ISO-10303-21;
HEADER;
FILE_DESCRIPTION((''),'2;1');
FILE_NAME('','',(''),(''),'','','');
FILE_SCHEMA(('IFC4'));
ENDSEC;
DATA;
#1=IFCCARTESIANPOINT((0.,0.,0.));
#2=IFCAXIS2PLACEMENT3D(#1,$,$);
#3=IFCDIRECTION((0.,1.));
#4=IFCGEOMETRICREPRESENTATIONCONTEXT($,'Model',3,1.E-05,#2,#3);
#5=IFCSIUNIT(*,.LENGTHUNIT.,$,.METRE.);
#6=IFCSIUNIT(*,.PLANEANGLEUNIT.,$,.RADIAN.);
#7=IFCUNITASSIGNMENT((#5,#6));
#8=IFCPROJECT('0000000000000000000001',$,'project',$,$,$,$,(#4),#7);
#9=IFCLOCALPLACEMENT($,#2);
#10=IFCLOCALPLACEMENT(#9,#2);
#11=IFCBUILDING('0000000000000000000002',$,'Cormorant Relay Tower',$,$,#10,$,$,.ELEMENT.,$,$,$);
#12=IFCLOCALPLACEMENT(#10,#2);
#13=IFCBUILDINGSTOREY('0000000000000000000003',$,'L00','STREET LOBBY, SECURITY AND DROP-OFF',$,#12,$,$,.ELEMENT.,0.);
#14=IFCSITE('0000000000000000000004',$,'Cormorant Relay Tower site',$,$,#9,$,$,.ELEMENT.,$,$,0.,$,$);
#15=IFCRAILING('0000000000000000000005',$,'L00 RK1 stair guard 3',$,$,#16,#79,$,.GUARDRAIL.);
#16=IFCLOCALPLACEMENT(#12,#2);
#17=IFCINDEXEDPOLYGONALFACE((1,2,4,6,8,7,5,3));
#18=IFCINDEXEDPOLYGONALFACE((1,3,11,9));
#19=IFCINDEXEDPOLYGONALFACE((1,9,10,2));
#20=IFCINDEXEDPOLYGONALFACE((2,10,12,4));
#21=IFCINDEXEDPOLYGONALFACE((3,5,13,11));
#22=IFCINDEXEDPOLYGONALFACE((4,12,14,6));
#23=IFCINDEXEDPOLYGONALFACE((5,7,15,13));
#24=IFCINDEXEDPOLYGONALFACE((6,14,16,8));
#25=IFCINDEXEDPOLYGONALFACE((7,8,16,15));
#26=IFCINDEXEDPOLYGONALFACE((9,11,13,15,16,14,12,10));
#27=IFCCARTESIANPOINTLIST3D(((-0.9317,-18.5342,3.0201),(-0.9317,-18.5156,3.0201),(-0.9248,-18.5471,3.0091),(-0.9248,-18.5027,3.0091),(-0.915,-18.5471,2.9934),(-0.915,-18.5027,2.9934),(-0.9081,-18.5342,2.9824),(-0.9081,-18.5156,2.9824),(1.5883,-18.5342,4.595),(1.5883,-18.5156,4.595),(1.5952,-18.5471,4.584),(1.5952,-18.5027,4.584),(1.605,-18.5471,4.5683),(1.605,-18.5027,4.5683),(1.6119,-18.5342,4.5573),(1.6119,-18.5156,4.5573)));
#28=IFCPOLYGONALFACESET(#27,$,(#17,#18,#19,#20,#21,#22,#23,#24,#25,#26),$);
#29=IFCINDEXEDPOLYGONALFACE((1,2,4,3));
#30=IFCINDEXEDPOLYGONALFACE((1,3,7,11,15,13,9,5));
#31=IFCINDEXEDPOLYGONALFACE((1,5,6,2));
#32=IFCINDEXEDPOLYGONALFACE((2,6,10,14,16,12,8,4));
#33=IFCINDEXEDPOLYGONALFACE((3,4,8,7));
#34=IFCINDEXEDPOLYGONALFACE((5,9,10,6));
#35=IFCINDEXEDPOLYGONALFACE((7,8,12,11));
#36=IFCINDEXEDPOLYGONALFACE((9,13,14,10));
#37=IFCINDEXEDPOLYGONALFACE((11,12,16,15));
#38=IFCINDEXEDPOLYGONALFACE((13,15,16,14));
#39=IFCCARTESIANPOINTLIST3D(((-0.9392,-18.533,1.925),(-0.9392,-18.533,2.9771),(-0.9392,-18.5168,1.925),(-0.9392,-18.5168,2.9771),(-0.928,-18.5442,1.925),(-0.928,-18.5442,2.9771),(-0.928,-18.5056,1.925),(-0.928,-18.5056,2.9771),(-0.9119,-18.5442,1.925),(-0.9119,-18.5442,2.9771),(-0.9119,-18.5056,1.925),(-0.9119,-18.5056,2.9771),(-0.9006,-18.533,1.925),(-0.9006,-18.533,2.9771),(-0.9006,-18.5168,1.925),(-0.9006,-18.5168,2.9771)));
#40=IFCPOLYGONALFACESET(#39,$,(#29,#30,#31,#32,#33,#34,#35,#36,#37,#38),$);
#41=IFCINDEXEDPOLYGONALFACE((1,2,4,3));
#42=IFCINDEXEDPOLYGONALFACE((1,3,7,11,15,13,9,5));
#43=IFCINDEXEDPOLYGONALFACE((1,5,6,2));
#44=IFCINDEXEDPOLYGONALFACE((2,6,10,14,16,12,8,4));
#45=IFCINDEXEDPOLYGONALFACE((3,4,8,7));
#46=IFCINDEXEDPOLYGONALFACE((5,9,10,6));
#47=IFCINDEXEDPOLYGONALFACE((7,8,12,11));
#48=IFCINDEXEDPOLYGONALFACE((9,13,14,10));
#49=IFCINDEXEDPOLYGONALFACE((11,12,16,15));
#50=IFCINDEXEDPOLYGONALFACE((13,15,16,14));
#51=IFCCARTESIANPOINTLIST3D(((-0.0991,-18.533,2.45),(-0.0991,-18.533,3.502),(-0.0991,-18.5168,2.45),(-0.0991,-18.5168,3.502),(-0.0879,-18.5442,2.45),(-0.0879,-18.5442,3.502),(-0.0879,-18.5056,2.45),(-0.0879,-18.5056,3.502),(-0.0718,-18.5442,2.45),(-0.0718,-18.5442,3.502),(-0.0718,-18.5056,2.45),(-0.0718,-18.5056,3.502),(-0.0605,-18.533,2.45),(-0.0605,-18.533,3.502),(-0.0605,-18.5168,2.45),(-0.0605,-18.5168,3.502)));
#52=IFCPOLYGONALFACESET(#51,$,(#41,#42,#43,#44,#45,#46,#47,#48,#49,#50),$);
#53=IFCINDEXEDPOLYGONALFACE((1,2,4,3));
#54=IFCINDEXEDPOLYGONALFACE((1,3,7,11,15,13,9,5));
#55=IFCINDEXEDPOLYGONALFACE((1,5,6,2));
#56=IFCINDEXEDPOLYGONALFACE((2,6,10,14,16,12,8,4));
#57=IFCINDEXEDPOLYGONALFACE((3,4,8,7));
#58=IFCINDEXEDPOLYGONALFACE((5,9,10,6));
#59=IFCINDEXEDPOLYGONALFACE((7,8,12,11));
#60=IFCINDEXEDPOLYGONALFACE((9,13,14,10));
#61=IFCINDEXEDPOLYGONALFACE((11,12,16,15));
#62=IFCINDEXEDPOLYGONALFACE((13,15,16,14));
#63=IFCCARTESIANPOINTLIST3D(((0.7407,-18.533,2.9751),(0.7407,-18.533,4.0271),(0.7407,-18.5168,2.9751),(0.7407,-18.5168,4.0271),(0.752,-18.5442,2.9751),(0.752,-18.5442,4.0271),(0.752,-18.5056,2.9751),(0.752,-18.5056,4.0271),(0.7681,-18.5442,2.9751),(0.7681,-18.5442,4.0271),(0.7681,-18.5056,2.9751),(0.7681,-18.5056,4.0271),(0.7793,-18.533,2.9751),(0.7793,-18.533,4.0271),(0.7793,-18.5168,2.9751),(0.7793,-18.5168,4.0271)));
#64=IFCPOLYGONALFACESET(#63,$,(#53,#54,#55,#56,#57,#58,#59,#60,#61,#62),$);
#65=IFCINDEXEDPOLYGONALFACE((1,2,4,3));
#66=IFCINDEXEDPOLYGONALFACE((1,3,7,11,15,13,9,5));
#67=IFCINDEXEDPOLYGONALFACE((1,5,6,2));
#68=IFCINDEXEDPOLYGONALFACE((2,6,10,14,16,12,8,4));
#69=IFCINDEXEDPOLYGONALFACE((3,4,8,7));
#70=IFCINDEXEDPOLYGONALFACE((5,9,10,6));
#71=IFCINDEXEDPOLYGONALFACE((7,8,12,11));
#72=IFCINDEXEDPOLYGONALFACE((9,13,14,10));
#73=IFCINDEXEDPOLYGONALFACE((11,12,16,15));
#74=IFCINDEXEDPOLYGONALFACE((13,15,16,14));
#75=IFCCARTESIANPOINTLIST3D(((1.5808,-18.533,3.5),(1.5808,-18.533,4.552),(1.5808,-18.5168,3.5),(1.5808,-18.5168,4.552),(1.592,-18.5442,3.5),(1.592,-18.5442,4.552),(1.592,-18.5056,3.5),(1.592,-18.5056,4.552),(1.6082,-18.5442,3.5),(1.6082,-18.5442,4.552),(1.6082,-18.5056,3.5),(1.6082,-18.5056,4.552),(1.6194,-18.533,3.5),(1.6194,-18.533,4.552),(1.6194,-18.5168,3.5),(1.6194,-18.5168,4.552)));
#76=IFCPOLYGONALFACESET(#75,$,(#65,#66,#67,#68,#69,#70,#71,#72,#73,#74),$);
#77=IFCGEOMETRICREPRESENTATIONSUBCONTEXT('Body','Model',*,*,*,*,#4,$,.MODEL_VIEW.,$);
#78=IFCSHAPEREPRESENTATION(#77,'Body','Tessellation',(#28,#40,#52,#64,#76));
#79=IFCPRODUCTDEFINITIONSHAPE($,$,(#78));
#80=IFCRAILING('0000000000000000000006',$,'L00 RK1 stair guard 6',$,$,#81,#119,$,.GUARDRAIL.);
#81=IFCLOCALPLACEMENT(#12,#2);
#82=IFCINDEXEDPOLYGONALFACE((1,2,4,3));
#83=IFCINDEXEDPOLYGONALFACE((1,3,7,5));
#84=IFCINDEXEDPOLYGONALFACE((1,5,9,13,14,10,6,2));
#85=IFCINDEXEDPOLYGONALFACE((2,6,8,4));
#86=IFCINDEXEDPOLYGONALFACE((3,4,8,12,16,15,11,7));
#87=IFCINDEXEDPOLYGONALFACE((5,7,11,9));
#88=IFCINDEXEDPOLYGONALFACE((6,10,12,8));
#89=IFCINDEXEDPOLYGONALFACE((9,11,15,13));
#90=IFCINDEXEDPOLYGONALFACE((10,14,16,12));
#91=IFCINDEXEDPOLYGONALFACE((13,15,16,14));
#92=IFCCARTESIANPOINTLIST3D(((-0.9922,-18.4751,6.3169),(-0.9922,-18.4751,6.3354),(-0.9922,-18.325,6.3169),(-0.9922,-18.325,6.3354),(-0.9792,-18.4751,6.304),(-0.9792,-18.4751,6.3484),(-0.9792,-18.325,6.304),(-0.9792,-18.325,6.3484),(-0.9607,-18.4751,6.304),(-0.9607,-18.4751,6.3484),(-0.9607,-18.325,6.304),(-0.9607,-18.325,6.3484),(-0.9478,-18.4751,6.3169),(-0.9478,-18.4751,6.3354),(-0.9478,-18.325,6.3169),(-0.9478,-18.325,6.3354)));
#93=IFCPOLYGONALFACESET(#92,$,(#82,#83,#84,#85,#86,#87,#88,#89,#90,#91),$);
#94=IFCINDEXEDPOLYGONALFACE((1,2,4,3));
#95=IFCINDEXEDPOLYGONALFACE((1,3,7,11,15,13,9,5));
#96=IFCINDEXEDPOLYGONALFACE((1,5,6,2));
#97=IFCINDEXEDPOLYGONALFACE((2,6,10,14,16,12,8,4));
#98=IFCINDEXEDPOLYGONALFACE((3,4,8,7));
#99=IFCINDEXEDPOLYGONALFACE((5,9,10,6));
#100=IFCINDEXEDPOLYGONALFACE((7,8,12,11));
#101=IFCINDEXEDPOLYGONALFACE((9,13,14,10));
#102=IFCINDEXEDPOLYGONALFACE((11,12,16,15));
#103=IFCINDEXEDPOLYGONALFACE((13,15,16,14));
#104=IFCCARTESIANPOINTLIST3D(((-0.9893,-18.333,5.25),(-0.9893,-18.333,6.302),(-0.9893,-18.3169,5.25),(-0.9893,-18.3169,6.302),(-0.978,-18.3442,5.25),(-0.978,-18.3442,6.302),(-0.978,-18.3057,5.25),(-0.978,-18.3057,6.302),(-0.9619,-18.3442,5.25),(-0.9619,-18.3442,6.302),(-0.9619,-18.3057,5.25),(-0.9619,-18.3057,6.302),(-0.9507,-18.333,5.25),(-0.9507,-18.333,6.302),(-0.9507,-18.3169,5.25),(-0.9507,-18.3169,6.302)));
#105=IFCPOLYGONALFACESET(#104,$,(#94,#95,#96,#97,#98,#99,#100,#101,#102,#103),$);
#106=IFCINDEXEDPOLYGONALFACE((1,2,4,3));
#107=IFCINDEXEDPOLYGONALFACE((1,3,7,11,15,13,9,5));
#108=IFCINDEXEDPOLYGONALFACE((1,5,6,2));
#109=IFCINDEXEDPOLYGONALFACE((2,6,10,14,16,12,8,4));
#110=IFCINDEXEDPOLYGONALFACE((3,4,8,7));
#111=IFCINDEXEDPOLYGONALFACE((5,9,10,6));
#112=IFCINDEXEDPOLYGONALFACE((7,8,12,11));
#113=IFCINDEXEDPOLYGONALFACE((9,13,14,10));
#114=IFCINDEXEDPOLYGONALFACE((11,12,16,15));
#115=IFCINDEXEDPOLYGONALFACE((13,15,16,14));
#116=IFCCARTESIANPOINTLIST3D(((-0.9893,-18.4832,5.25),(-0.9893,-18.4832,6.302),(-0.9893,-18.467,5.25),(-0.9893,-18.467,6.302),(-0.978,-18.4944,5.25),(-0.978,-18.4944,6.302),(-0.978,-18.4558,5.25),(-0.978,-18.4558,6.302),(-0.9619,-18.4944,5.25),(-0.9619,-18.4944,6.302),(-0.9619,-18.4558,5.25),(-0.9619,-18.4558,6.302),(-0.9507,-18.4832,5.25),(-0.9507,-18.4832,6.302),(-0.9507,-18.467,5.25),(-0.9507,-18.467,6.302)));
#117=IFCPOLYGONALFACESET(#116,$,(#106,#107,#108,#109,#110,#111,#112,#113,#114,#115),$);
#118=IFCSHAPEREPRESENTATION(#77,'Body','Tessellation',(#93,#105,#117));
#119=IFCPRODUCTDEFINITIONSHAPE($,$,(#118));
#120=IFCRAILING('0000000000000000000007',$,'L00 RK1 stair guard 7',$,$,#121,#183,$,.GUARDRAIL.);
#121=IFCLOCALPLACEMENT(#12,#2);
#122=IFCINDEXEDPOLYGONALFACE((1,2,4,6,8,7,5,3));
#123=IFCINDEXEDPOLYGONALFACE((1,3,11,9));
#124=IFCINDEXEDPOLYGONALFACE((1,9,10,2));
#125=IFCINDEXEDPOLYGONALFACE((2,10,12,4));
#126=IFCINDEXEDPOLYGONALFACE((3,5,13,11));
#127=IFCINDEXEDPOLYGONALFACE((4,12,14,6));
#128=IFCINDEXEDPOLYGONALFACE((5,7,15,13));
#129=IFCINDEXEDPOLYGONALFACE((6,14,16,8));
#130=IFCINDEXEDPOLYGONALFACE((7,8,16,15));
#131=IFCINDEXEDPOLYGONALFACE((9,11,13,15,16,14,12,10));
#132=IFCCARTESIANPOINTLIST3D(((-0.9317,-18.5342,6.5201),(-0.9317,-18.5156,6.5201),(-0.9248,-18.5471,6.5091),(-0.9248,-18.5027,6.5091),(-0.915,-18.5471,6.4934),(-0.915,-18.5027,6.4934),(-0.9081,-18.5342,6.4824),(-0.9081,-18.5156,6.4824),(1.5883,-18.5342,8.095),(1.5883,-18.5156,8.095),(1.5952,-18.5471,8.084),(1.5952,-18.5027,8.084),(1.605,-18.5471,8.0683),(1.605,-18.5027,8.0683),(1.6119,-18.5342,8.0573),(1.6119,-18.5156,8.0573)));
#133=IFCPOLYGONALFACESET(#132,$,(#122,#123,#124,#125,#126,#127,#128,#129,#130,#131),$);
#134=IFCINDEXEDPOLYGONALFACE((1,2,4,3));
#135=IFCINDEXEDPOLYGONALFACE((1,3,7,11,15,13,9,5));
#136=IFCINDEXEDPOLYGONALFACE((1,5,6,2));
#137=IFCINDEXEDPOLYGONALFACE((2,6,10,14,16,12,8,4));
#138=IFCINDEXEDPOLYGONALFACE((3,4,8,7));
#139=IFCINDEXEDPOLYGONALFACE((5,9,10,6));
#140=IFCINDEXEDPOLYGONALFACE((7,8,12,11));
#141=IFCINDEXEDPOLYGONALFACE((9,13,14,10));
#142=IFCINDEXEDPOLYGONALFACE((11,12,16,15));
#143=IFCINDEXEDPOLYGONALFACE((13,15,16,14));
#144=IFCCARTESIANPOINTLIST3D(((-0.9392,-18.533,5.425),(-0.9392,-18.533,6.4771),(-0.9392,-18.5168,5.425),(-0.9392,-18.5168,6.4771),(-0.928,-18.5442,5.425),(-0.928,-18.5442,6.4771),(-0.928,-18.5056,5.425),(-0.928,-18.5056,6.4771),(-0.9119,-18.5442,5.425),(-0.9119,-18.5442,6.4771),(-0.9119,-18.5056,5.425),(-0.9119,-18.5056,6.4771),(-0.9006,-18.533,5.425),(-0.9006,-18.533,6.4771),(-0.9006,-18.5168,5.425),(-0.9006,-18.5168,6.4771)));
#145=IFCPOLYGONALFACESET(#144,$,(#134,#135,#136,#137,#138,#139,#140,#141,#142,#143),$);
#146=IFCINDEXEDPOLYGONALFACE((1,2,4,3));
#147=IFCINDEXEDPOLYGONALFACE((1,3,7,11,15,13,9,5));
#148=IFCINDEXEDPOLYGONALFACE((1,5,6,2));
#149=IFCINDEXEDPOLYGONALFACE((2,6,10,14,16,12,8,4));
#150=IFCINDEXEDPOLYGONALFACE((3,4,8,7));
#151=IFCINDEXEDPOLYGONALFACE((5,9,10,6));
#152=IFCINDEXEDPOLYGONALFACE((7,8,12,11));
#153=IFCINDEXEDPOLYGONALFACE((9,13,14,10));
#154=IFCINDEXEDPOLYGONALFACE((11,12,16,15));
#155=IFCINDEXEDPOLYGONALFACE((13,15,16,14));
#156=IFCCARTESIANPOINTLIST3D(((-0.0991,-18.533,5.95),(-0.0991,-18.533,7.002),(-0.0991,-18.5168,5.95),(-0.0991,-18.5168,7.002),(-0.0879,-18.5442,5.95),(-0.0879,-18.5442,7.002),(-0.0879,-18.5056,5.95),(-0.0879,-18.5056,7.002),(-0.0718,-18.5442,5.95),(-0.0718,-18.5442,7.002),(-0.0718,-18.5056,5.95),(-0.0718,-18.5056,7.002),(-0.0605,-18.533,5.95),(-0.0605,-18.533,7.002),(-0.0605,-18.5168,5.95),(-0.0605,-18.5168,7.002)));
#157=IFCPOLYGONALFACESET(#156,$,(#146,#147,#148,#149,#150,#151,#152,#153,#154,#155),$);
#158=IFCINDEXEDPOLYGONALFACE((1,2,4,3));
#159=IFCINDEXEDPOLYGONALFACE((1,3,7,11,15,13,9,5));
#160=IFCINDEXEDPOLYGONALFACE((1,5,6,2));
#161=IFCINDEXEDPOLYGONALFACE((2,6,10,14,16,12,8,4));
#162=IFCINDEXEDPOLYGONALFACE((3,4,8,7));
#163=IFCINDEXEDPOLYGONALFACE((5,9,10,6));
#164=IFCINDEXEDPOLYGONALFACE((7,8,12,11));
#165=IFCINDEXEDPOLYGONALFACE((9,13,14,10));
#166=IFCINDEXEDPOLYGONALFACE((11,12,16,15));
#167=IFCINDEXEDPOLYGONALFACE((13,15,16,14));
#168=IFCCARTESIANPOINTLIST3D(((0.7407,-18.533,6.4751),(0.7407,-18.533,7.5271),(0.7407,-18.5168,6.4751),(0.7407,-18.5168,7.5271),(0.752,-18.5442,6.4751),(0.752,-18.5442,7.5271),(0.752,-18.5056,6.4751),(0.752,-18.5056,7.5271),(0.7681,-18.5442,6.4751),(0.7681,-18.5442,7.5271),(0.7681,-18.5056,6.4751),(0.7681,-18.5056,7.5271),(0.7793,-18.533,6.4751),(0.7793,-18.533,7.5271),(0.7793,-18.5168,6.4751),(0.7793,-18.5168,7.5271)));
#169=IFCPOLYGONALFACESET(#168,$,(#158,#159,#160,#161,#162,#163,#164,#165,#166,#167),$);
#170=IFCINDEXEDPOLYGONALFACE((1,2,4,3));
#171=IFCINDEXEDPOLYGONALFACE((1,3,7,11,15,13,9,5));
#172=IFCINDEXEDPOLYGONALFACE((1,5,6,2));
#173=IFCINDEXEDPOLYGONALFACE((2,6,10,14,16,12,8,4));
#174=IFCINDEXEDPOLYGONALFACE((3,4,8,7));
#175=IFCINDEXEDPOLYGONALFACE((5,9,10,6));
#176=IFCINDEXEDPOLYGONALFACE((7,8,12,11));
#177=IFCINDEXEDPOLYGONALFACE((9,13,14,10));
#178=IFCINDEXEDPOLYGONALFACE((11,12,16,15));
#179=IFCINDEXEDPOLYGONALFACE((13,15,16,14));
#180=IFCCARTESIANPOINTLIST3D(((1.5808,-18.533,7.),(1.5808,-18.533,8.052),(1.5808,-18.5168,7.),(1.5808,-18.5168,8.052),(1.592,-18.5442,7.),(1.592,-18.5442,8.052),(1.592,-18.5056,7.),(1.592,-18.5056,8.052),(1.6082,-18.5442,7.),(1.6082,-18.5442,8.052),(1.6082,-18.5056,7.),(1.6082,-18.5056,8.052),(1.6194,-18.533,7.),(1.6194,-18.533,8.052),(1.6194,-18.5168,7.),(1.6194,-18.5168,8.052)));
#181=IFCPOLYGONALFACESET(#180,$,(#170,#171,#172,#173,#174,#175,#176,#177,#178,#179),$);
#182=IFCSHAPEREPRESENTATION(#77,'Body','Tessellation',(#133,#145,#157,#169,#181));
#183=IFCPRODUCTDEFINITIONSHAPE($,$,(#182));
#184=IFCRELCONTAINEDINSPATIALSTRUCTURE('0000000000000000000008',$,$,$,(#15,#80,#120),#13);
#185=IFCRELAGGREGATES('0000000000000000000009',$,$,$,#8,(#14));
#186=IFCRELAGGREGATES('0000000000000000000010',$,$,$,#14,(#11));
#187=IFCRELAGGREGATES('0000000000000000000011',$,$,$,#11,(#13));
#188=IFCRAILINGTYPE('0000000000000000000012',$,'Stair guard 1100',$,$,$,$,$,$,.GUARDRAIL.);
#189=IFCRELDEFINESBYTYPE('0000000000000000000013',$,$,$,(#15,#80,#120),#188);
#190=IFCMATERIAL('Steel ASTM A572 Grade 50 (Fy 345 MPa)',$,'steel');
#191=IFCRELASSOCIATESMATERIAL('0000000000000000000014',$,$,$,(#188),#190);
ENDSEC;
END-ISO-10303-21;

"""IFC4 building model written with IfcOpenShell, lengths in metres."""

from ifc_helpers import new_model, si_unit, direction, frame, origin, place, context, subcontext, project, spatial, polyline, outline, extrude, material, type_object, element, save


model = new_model("IFC4")

# Units and contexts
model_context = context("Model", 3, precision=1e-05, world=origin(), true_north=direction((0.0, 1.0)))
body_context = subcontext(model_context, "Body", "Model", "MODEL_VIEW")
ifc_project = project(units=[si_unit("LENGTHUNIT", "METRE"), si_unit("PLANEANGLEUNIT", "RADIAN")], contexts=[model_context])

# Site, building, storey
site_placement = place(None, origin())
site = spatial("IfcSite", under=ifc_project, at=site_placement, Name="Cormorant Relay Tower site", CompositionType="ELEMENT", RefElevation=0.0)
building_placement = place(site_placement, origin())
building = spatial("IfcBuilding", under=site, at=building_placement, Name="Cormorant Relay Tower", CompositionType="ELEMENT")
storey_placement = place(building_placement, origin())
storey = spatial("IfcBuildingStorey", under=building, at=storey_placement, Name="L00", Description="STREET LOBBY, SECURITY AND DROP-OFF", CompositionType="ELEMENT", Elevation=0.0)

# Railings
ifc_material_1 = material(Name="Steel ASTM A572 Grade 50 (Fy 345 MPa)", Category="steel")
railing_type_1 = type_object("IfcRailingType", Name="Stair guard 1100", PredefinedType="GUARDRAIL", material=ifc_material_1)
railing_1_placement = place(storey_placement, frame((-0.9199, -18.5249, 1.925)))
element("IfcRailing", 1, at=railing_1_placement, inside=storey, type_object=railing_type_1, Name="L00 RK1 stair guard 3", PredefinedType="GUARDRAIL", context=body_context, shape_type="SweptSolid", body=[
    extrude(outline(polyline([(0.0222, 0.0093), (0.0093, 0.0222), (-0.0093, 0.0222), (-0.0222, 0.0093), (-0.0222, -0.0093), (-0.0093, -0.0222), (0.0093, -0.0222), (0.0222, -0.0093), (0.0222, 0.0093)])), frame((0.0, 0.0, 1.0762), z_axis=(0.848008, 0.0, 0.529984), x_axis=(0.0, 1.0, 0.0)), (0.0, 0.0, 1.0), 2.9717),
    extrude(outline(polyline([(0.0193, 0.0081), (0.0081, 0.0193), (-0.0081, 0.0193), (-0.0193, 0.0081), (-0.0193, -0.0081), (-0.0081, -0.0193), (0.0081, -0.0193), (0.0193, -0.0081), (0.0193, 0.0081)])), origin(), (0.0, 0.0, 1.0), 1.052),
    extrude(outline(polyline([(0.0193, 0.0081), (0.0081, 0.0193), (-0.0081, 0.0193), (-0.0193, 0.0081), (-0.0193, -0.0081), (-0.0081, -0.0193), (0.0081, -0.0193), (0.0193, -0.0081), (0.0193, 0.0081)])), frame((0.8401, 0.0, 0.5249)), (0.0, 0.0, 1.0), 1.052),
    extrude(outline(polyline([(0.0193, 0.0081), (0.0081, 0.0193), (-0.0081, 0.0193), (-0.0193, 0.0081), (-0.0193, -0.0081), (-0.0081, -0.0193), (0.0081, -0.0193), (0.0193, -0.0081), (0.0193, 0.0081)])), frame((1.6799, 0.0, 1.05)), (0.0, 0.0, 1.0), 1.052),
    extrude(outline(polyline([(0.0193, 0.0081), (0.0081, 0.0193), (-0.0081, 0.0193), (-0.0193, 0.0081), (-0.0193, -0.0081), (-0.0081, -0.0193), (0.0081, -0.0193), (0.0193, -0.0081), (0.0193, 0.0081)])), frame((2.52, 0.0, 1.575)), (0.0, 0.0, 1.0), 1.052),
])
railing_2_placement = place(storey_placement, frame((-0.97, -18.325, 5.25)))
element("IfcRailing", 2, at=railing_2_placement, inside=storey, type_object=railing_type_1, Name="L00 RK1 stair guard 6", PredefinedType="GUARDRAIL", context=body_context, shape_type="SweptSolid", body=[
    extrude(outline(polyline([(0.0222, 0.0093), (0.0093, 0.0222), (-0.0093, 0.0222), (-0.0222, 0.0093), (-0.0222, -0.0093), (-0.0093, -0.0222), (0.0093, -0.0222), (0.0222, -0.0093), (0.0222, 0.0093)])), frame((0.0, 0.0, 1.0762), z_axis=(0.0, -1.0, 0.0), x_axis=(1.0, 0.0, 0.0)), (0.0, 0.0, 1.0), 0.1501),
    extrude(outline(polyline([(0.0193, 0.0081), (0.0081, 0.0193), (-0.0081, 0.0193), (-0.0193, 0.0081), (-0.0193, -0.0081), (-0.0081, -0.0193), (0.0081, -0.0193), (0.0193, -0.0081), (0.0193, 0.0081)])), origin(), (0.0, 0.0, 1.0), 1.052),
    extrude(outline(polyline([(0.0193, 0.0081), (0.0081, 0.0193), (-0.0081, 0.0193), (-0.0193, 0.0081), (-0.0193, -0.0081), (-0.0081, -0.0193), (0.0081, -0.0193), (0.0193, -0.0081), (0.0193, 0.0081)])), frame((0.0, -0.1501, 0.0)), (0.0, 0.0, 1.0), 1.052),
])
railing_3_placement = place(storey_placement, frame((-0.9199, -18.5249, 5.425)))
element("IfcRailing", 3, at=railing_3_placement, inside=storey, type_object=railing_type_1, Name="L00 RK1 stair guard 7", PredefinedType="GUARDRAIL", context=body_context, shape_type="SweptSolid", body=[
    extrude(outline(polyline([(0.0222, 0.0093), (0.0093, 0.0222), (-0.0093, 0.0222), (-0.0222, 0.0093), (-0.0222, -0.0093), (-0.0093, -0.0222), (0.0093, -0.0222), (0.0222, -0.0093), (0.0222, 0.0093)])), frame((0.0, 0.0, 1.0762), z_axis=(0.848008, 0.0, 0.529984), x_axis=(0.0, 1.0, 0.0)), (0.0, 0.0, 1.0), 2.9717),
    extrude(outline(polyline([(0.0193, 0.0081), (0.0081, 0.0193), (-0.0081, 0.0193), (-0.0193, 0.0081), (-0.0193, -0.0081), (-0.0081, -0.0193), (0.0081, -0.0193), (0.0193, -0.0081), (0.0193, 0.0081)])), origin(), (0.0, 0.0, 1.0), 1.052),
    extrude(outline(polyline([(0.0193, 0.0081), (0.0081, 0.0193), (-0.0081, 0.0193), (-0.0193, 0.0081), (-0.0193, -0.0081), (-0.0081, -0.0193), (0.0081, -0.0193), (0.0193, -0.0081), (0.0193, 0.0081)])), frame((0.8401, 0.0, 0.5249)), (0.0, 0.0, 1.0), 1.052),
    extrude(outline(polyline([(0.0193, 0.0081), (0.0081, 0.0193), (-0.0081, 0.0193), (-0.0193, 0.0081), (-0.0193, -0.0081), (-0.0081, -0.0193), (0.0081, -0.0193), (0.0193, -0.0081), (0.0193, 0.0081)])), frame((1.6799, 0.0, 1.05)), (0.0, 0.0, 1.0), 1.052),
    extrude(outline(polyline([(0.0193, 0.0081), (0.0081, 0.0193), (-0.0081, 0.0193), (-0.0193, 0.0081), (-0.0193, -0.0081), (-0.0081, -0.0193), (0.0081, -0.0193), (0.0193, -0.0081), (0.0193, 0.0081)])), frame((2.52, 0.0, 1.575)), (0.0, 0.0, 1.0), 1.052),
])

save(model, "model.ifc")
